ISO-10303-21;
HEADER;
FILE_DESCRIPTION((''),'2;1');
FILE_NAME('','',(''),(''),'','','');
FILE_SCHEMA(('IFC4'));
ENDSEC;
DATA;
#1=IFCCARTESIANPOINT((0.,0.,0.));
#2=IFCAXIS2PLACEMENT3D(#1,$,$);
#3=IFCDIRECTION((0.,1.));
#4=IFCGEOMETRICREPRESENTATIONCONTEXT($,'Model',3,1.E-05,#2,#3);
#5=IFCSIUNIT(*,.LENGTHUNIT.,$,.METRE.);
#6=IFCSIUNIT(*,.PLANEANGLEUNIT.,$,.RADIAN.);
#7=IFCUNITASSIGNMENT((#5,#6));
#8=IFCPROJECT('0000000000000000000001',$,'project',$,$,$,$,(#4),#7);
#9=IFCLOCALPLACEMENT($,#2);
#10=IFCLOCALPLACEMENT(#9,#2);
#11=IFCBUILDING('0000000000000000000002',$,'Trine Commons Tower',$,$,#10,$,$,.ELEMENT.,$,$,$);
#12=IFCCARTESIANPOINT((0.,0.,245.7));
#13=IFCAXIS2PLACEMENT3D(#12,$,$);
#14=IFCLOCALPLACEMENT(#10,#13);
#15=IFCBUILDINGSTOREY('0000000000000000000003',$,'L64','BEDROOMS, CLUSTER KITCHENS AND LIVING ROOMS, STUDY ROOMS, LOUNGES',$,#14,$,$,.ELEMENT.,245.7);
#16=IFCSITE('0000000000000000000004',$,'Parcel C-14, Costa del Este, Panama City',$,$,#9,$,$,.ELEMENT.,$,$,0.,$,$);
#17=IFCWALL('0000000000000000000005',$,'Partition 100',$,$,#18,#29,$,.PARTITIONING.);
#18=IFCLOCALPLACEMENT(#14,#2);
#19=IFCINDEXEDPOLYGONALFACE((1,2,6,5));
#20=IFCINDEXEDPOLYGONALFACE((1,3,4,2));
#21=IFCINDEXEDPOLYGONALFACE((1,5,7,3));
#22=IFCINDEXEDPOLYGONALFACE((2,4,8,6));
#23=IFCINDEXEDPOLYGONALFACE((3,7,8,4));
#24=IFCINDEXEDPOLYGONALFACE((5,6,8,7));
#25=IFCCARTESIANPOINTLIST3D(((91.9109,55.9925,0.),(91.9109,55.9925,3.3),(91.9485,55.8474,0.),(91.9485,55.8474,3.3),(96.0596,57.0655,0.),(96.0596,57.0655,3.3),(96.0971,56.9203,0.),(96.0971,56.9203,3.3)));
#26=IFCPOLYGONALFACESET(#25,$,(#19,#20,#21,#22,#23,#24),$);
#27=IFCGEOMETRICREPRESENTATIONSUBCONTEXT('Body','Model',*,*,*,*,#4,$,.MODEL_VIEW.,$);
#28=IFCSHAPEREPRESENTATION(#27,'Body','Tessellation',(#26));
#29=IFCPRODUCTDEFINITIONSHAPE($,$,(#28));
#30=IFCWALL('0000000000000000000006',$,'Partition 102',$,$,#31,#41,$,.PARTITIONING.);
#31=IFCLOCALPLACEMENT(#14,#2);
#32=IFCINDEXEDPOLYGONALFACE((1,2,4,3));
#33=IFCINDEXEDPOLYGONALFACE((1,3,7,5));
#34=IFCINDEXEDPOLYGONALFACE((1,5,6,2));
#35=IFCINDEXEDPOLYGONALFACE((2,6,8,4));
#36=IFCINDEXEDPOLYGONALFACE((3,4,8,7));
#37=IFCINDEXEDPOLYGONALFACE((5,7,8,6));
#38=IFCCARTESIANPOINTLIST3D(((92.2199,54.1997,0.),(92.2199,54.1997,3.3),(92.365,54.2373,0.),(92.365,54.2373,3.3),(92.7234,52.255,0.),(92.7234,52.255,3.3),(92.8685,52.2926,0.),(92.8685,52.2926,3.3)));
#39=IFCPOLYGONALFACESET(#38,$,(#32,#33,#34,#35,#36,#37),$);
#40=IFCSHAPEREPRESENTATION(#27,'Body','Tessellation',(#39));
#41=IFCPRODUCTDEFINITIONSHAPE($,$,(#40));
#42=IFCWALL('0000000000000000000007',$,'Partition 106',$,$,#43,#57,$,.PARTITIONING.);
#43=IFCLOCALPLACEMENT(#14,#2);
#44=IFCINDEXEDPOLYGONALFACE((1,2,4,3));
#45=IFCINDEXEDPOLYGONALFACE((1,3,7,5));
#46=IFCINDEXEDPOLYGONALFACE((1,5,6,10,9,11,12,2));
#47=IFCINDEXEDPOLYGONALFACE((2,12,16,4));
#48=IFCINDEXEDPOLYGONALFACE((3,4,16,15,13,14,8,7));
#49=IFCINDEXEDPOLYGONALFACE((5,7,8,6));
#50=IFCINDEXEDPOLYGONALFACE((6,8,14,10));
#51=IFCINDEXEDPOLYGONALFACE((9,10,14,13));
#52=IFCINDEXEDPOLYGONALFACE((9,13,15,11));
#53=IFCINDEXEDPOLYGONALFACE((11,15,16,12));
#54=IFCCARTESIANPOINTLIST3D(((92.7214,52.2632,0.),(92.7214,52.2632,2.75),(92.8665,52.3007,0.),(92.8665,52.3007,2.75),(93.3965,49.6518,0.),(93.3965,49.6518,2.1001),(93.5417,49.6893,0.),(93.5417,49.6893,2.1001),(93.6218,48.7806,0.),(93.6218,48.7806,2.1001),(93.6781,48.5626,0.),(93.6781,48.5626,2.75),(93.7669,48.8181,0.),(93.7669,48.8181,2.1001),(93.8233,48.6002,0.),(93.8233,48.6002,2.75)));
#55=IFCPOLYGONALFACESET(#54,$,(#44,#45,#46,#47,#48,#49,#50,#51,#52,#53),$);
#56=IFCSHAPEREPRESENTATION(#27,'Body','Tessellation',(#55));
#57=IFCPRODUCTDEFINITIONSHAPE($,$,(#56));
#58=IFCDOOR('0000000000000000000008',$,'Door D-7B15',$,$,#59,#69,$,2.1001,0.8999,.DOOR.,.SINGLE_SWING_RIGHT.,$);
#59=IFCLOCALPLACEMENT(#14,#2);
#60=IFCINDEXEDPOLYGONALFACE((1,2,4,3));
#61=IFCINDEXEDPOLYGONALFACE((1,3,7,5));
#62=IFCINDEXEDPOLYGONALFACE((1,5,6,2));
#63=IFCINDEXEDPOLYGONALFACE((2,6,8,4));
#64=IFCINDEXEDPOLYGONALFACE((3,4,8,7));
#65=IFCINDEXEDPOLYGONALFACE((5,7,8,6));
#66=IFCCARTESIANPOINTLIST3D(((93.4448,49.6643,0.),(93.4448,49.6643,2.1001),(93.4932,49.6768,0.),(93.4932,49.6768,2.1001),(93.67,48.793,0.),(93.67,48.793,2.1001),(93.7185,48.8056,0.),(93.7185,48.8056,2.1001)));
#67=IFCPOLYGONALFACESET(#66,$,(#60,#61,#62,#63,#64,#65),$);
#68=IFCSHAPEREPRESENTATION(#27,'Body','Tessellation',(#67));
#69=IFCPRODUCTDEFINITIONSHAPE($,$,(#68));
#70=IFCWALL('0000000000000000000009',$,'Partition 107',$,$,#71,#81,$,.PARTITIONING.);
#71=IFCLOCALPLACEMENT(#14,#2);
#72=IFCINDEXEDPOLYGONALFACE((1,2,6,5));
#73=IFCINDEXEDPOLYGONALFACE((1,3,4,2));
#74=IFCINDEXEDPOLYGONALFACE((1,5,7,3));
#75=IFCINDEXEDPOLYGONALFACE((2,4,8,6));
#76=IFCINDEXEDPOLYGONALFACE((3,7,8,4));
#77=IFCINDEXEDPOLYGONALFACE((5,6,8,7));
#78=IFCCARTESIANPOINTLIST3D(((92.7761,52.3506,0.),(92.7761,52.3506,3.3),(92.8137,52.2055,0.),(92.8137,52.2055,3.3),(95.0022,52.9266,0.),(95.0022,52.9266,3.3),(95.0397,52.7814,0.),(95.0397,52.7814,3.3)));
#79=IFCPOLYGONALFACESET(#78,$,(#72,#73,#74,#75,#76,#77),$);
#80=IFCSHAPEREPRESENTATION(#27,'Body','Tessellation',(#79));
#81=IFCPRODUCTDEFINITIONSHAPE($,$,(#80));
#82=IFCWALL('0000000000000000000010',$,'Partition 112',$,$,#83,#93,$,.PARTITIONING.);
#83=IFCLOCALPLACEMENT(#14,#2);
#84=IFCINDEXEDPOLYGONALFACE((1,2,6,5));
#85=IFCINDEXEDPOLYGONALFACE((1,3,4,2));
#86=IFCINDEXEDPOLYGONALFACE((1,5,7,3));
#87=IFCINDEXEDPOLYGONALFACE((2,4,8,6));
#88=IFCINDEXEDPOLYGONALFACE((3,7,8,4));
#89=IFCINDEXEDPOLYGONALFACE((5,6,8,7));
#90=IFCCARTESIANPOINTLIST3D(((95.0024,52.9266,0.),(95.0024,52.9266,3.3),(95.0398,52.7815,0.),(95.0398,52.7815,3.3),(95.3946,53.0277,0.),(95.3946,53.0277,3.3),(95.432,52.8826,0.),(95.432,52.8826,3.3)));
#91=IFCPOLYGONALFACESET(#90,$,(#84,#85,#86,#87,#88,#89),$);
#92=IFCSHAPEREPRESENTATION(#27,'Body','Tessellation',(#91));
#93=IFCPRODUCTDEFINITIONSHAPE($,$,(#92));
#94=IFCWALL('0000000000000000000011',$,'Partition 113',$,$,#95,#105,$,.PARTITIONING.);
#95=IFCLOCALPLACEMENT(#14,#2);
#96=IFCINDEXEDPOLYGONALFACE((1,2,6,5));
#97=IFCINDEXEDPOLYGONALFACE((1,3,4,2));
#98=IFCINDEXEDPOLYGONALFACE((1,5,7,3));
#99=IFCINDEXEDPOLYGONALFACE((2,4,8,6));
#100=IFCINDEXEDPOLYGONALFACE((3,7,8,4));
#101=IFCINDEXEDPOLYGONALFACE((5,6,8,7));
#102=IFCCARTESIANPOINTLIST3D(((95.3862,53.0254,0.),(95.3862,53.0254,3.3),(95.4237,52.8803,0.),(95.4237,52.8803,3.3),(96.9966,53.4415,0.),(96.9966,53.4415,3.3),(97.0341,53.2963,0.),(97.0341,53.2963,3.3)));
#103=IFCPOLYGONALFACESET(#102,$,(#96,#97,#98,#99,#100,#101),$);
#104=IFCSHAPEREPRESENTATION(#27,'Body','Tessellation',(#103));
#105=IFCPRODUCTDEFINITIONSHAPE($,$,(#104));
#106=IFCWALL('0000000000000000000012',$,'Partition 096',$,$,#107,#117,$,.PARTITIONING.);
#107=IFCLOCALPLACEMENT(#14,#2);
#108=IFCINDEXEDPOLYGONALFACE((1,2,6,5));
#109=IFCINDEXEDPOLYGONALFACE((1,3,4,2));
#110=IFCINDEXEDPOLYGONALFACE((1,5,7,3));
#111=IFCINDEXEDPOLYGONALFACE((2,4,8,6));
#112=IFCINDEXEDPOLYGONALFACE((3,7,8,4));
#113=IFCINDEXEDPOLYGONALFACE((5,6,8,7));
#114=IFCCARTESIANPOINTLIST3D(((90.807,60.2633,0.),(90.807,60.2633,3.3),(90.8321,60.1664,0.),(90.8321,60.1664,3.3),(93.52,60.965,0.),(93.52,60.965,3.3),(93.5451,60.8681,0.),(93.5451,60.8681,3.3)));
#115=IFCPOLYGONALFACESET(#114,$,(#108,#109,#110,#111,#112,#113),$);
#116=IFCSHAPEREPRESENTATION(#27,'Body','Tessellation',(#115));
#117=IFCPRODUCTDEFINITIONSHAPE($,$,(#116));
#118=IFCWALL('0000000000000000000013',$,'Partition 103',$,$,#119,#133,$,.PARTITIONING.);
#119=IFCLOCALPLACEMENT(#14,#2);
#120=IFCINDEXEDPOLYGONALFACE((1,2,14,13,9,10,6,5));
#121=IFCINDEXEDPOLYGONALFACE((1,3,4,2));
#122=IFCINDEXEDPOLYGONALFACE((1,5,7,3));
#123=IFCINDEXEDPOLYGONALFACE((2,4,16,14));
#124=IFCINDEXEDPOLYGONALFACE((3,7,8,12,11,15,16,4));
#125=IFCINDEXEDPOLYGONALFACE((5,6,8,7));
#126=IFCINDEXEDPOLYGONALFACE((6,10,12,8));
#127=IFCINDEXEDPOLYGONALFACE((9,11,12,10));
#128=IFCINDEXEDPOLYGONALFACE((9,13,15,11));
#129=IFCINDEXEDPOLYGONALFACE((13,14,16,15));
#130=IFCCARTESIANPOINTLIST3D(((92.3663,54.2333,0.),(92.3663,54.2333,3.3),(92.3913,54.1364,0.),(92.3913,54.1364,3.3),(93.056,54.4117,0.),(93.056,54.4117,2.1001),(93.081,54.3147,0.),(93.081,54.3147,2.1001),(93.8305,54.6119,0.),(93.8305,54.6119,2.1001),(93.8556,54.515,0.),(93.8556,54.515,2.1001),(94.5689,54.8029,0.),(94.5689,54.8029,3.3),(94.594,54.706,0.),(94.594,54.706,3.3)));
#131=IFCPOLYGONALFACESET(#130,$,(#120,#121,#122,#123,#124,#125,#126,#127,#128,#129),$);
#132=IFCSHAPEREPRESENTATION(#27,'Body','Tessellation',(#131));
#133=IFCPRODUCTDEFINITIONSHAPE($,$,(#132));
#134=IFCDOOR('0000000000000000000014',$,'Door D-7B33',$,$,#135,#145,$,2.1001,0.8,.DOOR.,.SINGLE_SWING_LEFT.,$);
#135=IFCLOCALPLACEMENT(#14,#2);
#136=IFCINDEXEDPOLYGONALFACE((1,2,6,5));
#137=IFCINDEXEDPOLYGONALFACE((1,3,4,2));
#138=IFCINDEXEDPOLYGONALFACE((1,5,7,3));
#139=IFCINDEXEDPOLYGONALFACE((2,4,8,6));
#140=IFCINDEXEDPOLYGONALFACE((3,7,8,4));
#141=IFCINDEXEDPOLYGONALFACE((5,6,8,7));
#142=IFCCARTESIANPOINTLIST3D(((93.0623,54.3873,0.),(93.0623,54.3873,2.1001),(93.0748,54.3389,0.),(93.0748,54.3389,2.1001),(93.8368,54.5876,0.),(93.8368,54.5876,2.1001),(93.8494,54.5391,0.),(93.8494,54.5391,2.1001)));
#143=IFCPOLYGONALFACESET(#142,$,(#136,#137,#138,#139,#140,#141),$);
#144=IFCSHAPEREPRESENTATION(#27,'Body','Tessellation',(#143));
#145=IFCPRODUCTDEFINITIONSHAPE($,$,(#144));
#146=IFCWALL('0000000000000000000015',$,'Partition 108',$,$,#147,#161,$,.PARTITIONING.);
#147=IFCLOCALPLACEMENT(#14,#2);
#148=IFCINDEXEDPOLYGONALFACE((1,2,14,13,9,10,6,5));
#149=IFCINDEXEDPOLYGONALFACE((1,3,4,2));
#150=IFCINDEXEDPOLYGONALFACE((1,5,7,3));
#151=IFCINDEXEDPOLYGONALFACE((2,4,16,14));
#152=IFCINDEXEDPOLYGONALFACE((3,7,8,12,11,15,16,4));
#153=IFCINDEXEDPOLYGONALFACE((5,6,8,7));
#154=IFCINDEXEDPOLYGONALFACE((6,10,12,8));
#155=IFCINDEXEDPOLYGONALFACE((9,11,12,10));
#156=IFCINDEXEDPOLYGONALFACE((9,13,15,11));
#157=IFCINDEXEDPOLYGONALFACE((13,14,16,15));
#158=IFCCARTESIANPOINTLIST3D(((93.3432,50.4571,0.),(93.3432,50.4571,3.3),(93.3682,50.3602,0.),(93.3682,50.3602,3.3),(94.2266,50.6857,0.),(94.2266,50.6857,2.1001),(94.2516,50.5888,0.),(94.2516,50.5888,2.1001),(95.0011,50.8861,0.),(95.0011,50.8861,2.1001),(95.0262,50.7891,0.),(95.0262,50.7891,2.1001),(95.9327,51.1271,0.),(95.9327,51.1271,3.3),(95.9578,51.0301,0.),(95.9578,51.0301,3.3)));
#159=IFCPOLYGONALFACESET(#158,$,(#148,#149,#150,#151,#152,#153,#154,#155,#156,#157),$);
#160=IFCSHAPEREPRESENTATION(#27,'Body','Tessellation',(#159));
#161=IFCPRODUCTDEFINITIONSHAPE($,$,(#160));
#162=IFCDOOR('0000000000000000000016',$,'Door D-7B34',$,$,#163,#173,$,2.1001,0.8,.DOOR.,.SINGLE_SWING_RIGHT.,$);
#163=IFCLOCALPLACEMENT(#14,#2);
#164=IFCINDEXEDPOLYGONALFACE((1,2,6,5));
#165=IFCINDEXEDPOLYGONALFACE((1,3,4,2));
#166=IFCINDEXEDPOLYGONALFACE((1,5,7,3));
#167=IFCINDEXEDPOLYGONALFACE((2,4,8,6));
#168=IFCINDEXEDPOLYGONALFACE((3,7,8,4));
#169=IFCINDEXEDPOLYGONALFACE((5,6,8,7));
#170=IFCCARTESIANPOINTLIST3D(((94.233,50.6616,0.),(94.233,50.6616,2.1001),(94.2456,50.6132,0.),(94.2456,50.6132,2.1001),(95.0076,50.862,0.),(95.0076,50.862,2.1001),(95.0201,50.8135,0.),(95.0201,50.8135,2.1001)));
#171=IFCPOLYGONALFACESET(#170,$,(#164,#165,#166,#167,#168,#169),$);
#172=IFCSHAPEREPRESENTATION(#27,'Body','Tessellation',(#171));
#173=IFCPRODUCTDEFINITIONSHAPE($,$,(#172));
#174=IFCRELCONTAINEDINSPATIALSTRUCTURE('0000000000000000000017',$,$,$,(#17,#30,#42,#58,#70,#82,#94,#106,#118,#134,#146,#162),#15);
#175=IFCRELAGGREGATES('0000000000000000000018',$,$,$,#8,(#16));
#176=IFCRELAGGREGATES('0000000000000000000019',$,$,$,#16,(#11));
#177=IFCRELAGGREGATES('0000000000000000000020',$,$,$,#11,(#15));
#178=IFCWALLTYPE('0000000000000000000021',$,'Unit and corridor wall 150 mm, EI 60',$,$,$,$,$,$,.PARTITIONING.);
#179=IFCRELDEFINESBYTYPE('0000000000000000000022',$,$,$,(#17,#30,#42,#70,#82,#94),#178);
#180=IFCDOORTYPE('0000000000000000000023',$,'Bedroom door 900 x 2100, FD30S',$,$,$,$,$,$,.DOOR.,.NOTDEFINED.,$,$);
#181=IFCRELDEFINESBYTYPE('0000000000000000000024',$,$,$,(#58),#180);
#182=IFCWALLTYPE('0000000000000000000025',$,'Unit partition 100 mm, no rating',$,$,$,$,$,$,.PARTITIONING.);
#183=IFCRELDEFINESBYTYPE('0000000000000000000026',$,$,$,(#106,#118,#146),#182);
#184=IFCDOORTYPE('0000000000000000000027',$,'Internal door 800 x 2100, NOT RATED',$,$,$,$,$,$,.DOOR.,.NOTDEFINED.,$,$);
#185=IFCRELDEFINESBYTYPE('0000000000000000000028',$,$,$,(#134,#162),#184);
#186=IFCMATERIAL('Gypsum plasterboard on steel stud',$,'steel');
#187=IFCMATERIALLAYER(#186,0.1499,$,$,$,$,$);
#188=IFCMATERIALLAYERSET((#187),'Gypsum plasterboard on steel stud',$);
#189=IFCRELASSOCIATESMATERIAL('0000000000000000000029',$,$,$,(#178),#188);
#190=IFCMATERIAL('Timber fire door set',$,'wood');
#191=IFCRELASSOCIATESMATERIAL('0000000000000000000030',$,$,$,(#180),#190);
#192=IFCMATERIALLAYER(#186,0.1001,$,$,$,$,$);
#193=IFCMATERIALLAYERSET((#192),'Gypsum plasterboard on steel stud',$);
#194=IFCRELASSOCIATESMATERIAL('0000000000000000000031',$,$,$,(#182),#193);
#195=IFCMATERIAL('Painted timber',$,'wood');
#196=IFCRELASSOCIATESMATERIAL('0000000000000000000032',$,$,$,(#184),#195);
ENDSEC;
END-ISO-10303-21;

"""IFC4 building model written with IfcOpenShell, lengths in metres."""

from ifc_helpers import new_model, si_unit, direction, frame, frame_2d, origin, place, context, subcontext, project, spatial, rectangle, extrude, material, layer, layer_set, type_object, element, fill, save


model = new_model("IFC4")

# Units and contexts
model_context = context("Model", 3, precision=1e-05, world=origin(), true_north=direction((0.0, 1.0)))
body_context = subcontext(model_context, "Body", "Model", "MODEL_VIEW")
ifc_project = project(units=[si_unit("LENGTHUNIT", "METRE"), si_unit("PLANEANGLEUNIT", "RADIAN")], contexts=[model_context])

# Site, building, storey
site_placement = place(None, origin())
site = spatial("IfcSite", under=ifc_project, at=site_placement, Name="Parcel C-14, Costa del Este, Panama City", CompositionType="ELEMENT", RefElevation=0.0)
building_placement = place(site_placement, origin())
building = spatial("IfcBuilding", under=site, at=building_placement, Name="Trine Commons Tower", CompositionType="ELEMENT")
storey_placement = place(building_placement, frame((0.0, 0.0, 245.7)))
storey = spatial("IfcBuildingStorey", under=building, at=storey_placement, Name="L64", Description="BEDROOMS, CLUSTER KITCHENS AND LIVING ROOMS, STUDY ROOMS, LOUNGES", CompositionType="ELEMENT", Elevation=245.7)

# Walls
ifc_material_1 = material(Name="Gypsum plasterboard on steel stud", Category="steel")
ifc_layer_1 = layer(ifc_material_1, 0.1499)
ifc_layer_set_1 = layer_set([ifc_layer_1], Name="Gypsum plasterboard on steel stud")
wall_type_1 = type_object("IfcWallType", Name="Unit and corridor wall 150 mm, EI 60", PredefinedType="PARTITIONING", material=ifc_layer_set_1)
wall_1_placement = place(storey_placement, frame((91.9297, 55.9199, 0.0), z_axis=(0.0, 0.0, 1.0), x_axis=(0.968143, 0.250397, 0.0)))
element("IfcWall", 1, at=wall_1_placement, inside=storey, type_object=wall_type_1, Name="Partition 100", PredefinedType="PARTITIONING", context=body_context, shape_type="SweptSolid", body=[
    extrude(rectangle(XDim=4.2852, YDim=0.1499, at=frame_2d((2.1426, 0.0))), origin(), (0.0, 0.0, 1.0), 3.3),
])
wall_2_placement = place(storey_placement, frame((92.2925, 54.2185, 0.0), z_axis=(0.0, 0.0, 1.0), x_axis=(0.25062, -0.968085, 0.0)))
element("IfcWall", 2, at=wall_2_placement, inside=storey, type_object=wall_type_1, Name="Partition 102", PredefinedType="PARTITIONING", context=body_context, shape_type="SweptSolid", body=[
    extrude(rectangle(XDim=2.0088, YDim=0.1499, at=frame_2d((1.0044, 0.0))), origin(), (0.0, 0.0, 1.0), 3.3),
])

# Wall, opening, door
wall_3_placement = place(storey_placement, frame((92.7939, 52.282, 0.0), z_axis=(0.0, 0.0, 1.0), x_axis=(0.250313, -0.968165, 0.0)))
wall_3 = element("IfcWall", 3, at=wall_3_placement, inside=storey, type_object=wall_type_1, Name="Partition 106", PredefinedType="PARTITIONING", context=body_context, shape_type="SweptSolid", body=[
    extrude(rectangle(XDim=3.8223, YDim=0.1499, at=frame_2d((1.9111, 0.0))), origin(), (0.0, 0.0, 1.0), 2.75),
])
opening_1_placement = place(wall_3_placement, frame((2.6973, 0.0, 0.0)))
opening_1 = element("IfcOpeningElement", 4, at=opening_1_placement, cuts=wall_3, PredefinedType="OPENING", context=body_context, shape_type="SweptSolid", body=[
    extrude(rectangle(XDim=0.8999, YDim=2.1001, at=frame_2d((0.45, 1.05))), frame((0.0, 0.085, 0.0), z_axis=(0.0, -1.0, 0.0), x_axis=(1.0, 0.0, 0.0)), (0.0, 0.0, 1.0), 0.1699),
])
ifc_material_2 = material(Name="Timber fire door set", Category="wood")
door_type_1 = type_object("IfcDoorType", Name="Bedroom door 900 x 2100, FD30S", OperationType="NOTDEFINED", PredefinedType="DOOR", material=ifc_material_2)
door_1_placement = place(opening_1_placement, origin())
door_1 = element("IfcDoor", 5, at=door_1_placement, inside=storey, type_object=door_type_1, Name="Door D-7B15", OperationType="SINGLE_SWING_RIGHT", OverallHeight=2.1001, OverallWidth=0.8999, PredefinedType="DOOR", context=body_context, shape_type="SweptSolid", body=[
    extrude(rectangle(XDim=0.8999, YDim=2.1001, at=frame_2d((0.45, 1.05))), frame((0.0, 0.0249, 0.0), z_axis=(0.0, -1.0, 0.0), x_axis=(1.0, 0.0, 0.0)), (0.0, 0.0, 1.0), 0.05),
])
fill(opening_1, door_1)

# Walls
wall_4_placement = place(storey_placement, frame((92.7949, 52.2781, 0.0), z_axis=(0.0, 0.0, 1.0), x_axis=(0.968124, 0.250472, 0.0)))
element("IfcWall", 6, at=wall_4_placement, inside=storey, type_object=wall_type_1, Name="Partition 107", PredefinedType="PARTITIONING", context=body_context, shape_type="SweptSolid", body=[
    extrude(rectangle(XDim=2.2993, YDim=0.1499, at=frame_2d((1.1497, 0.0))), origin(), (0.0, 0.0, 1.0), 3.3),
])
wall_5_placement = place(storey_placement, frame((95.021, 52.854, 0.0), z_axis=(0.0, 0.0, 1.0), x_axis=(0.968343, 0.249623, 0.0)))
element("IfcWall", 7, at=wall_5_placement, inside=storey, type_object=wall_type_1, Name="Partition 112", PredefinedType="PARTITIONING", context=body_context, shape_type="SweptSolid", body=[
    extrude(rectangle(XDim=0.405, YDim=0.1499, at=frame_2d((0.2026, 0.0))), origin(), (0.0, 0.0, 1.0), 3.3),
])
wall_6_placement = place(storey_placement, frame((95.405, 52.9529, 0.0), z_axis=(0.0, 0.0, 1.0), x_axis=(0.968213, 0.250127, 0.0)))
element("IfcWall", 8, at=wall_6_placement, inside=storey, type_object=wall_type_1, Name="Partition 113", PredefinedType="PARTITIONING", context=body_context, shape_type="SweptSolid", body=[
    extrude(rectangle(XDim=1.6633, YDim=0.1499, at=frame_2d((0.8315, 0.0))), origin(), (0.0, 0.0, 1.0), 3.3),
])
ifc_layer_2 = layer(ifc_material_1, 0.1001)
ifc_layer_set_2 = layer_set([ifc_layer_2], Name="Gypsum plasterboard on steel stud")
wall_type_2 = type_object("IfcWallType", Name="Unit partition 100 mm, no rating", PredefinedType="PARTITIONING", material=ifc_layer_set_2)
wall_7_placement = place(storey_placement, frame((90.8196, 60.2148, 0.0), z_axis=(0.0, 0.0, 1.0), x_axis=(0.968143, 0.2504, 0.0)))
element("IfcWall", 9, at=wall_7_placement, inside=storey, type_object=wall_type_2, Name="Partition 096", PredefinedType="PARTITIONING", context=body_context, shape_type="SweptSolid", body=[
    extrude(rectangle(XDim=2.8022, YDim=0.1001, at=frame_2d((1.4011, 0.0))), origin(), (0.0, 0.0, 1.0), 3.3),
])

# Walls, openings, doors
wall_8_placement = place(storey_placement, frame((92.3787, 54.1848, 0.0), z_axis=(0.0, 0.0, 1.0), x_axis=(0.968154, 0.250355, 0.0)))
wall_8 = element("IfcWall", 10, at=wall_8_placement, inside=storey, type_object=wall_type_2, Name="Partition 103", PredefinedType="PARTITIONING", context=body_context, shape_type="SweptSolid", body=[
    extrude(rectangle(XDim=2.2751, YDim=0.1001, at=frame_2d((1.1377, 0.0))), origin(), (0.0, 0.0, 1.0), 3.3),
])
opening_2_placement = place(wall_8_placement, frame((0.7126, 0.0, 0.0)))
opening_2 = element("IfcOpeningElement", 11, at=opening_2_placement, cuts=wall_8, PredefinedType="OPENING", context=body_context, shape_type="SweptSolid", body=[
    extrude(rectangle(XDim=0.8, YDim=2.1001, at=frame_2d((0.3999, 1.05))), frame((0.0, 0.0601, 0.0), z_axis=(0.0, -1.0, 0.0), x_axis=(1.0, 0.0, 0.0)), (0.0, 0.0, 1.0), 0.1201),
])
ifc_material_3 = material(Name="Painted timber", Category="wood")
door_type_2 = type_object("IfcDoorType", Name="Internal door 800 x 2100, NOT RATED", OperationType="NOTDEFINED", PredefinedType="DOOR", material=ifc_material_3)
door_2_placement = place(opening_2_placement, origin())
door_2 = element("IfcDoor", 12, at=door_2_placement, inside=storey, type_object=door_type_2, Name="Door D-7B33", OperationType="SINGLE_SWING_LEFT", OverallHeight=2.1001, OverallWidth=0.8, PredefinedType="DOOR", context=body_context, shape_type="SweptSolid", body=[
    extrude(rectangle(XDim=0.8, YDim=2.1001, at=frame_2d((0.3999, 1.05))), frame((0.0, 0.0249, 0.0), z_axis=(0.0, -1.0, 0.0), x_axis=(1.0, 0.0, 0.0)), (0.0, 0.0, 1.0), 0.05),
])
fill(opening_2, door_2)
wall_9_placement = place(storey_placement, frame((93.3557, 50.4087, 0.0), z_axis=(0.0, 0.0, 1.0), x_axis=(0.968129, 0.250452, 0.0)))
wall_9 = element("IfcWall", 13, at=wall_9_placement, inside=storey, type_object=wall_type_2, Name="Partition 108", PredefinedType="PARTITIONING", context=body_context, shape_type="SweptSolid", body=[
    extrude(rectangle(XDim=2.6748, YDim=0.1001, at=frame_2d((1.3374, 0.0))), origin(), (0.0, 0.0, 1.0), 3.3),
])
opening_3_placement = place(wall_9_placement, frame((0.9126, 0.0, 0.0)))
opening_3 = element("IfcOpeningElement", 14, at=opening_3_placement, cuts=wall_9, PredefinedType="OPENING", context=body_context, shape_type="SweptSolid", body=[
    extrude(rectangle(XDim=0.8, YDim=2.1001, at=frame_2d((0.3999, 1.05))), frame((0.0, 0.0601, 0.0), z_axis=(0.0, -1.0, 0.0), x_axis=(1.0, 0.0, 0.0)), (0.0, 0.0, 1.0), 0.1201),
])
door_3_placement = place(opening_3_placement, frame((0.8, 0.0, 0.0), z_axis=(0.0, 0.0, 1.0), x_axis=(-1.0, 0.0, 0.0)))
door_3 = element("IfcDoor", 15, at=door_3_placement, inside=storey, type_object=door_type_2, Name="Door D-7B34", OperationType="SINGLE_SWING_RIGHT", OverallHeight=2.1001, OverallWidth=0.8, PredefinedType="DOOR", context=body_context, shape_type="SweptSolid", body=[
    extrude(rectangle(XDim=0.8, YDim=2.1001, at=frame_2d((0.3999, 1.05))), frame((0.0, 0.0249, 0.0), z_axis=(0.0, -1.0, 0.0), x_axis=(1.0, 0.0, 0.0)), (0.0, 0.0, 1.0), 0.05),
])
fill(opening_3, door_3)

save(model, "model.ifc")
